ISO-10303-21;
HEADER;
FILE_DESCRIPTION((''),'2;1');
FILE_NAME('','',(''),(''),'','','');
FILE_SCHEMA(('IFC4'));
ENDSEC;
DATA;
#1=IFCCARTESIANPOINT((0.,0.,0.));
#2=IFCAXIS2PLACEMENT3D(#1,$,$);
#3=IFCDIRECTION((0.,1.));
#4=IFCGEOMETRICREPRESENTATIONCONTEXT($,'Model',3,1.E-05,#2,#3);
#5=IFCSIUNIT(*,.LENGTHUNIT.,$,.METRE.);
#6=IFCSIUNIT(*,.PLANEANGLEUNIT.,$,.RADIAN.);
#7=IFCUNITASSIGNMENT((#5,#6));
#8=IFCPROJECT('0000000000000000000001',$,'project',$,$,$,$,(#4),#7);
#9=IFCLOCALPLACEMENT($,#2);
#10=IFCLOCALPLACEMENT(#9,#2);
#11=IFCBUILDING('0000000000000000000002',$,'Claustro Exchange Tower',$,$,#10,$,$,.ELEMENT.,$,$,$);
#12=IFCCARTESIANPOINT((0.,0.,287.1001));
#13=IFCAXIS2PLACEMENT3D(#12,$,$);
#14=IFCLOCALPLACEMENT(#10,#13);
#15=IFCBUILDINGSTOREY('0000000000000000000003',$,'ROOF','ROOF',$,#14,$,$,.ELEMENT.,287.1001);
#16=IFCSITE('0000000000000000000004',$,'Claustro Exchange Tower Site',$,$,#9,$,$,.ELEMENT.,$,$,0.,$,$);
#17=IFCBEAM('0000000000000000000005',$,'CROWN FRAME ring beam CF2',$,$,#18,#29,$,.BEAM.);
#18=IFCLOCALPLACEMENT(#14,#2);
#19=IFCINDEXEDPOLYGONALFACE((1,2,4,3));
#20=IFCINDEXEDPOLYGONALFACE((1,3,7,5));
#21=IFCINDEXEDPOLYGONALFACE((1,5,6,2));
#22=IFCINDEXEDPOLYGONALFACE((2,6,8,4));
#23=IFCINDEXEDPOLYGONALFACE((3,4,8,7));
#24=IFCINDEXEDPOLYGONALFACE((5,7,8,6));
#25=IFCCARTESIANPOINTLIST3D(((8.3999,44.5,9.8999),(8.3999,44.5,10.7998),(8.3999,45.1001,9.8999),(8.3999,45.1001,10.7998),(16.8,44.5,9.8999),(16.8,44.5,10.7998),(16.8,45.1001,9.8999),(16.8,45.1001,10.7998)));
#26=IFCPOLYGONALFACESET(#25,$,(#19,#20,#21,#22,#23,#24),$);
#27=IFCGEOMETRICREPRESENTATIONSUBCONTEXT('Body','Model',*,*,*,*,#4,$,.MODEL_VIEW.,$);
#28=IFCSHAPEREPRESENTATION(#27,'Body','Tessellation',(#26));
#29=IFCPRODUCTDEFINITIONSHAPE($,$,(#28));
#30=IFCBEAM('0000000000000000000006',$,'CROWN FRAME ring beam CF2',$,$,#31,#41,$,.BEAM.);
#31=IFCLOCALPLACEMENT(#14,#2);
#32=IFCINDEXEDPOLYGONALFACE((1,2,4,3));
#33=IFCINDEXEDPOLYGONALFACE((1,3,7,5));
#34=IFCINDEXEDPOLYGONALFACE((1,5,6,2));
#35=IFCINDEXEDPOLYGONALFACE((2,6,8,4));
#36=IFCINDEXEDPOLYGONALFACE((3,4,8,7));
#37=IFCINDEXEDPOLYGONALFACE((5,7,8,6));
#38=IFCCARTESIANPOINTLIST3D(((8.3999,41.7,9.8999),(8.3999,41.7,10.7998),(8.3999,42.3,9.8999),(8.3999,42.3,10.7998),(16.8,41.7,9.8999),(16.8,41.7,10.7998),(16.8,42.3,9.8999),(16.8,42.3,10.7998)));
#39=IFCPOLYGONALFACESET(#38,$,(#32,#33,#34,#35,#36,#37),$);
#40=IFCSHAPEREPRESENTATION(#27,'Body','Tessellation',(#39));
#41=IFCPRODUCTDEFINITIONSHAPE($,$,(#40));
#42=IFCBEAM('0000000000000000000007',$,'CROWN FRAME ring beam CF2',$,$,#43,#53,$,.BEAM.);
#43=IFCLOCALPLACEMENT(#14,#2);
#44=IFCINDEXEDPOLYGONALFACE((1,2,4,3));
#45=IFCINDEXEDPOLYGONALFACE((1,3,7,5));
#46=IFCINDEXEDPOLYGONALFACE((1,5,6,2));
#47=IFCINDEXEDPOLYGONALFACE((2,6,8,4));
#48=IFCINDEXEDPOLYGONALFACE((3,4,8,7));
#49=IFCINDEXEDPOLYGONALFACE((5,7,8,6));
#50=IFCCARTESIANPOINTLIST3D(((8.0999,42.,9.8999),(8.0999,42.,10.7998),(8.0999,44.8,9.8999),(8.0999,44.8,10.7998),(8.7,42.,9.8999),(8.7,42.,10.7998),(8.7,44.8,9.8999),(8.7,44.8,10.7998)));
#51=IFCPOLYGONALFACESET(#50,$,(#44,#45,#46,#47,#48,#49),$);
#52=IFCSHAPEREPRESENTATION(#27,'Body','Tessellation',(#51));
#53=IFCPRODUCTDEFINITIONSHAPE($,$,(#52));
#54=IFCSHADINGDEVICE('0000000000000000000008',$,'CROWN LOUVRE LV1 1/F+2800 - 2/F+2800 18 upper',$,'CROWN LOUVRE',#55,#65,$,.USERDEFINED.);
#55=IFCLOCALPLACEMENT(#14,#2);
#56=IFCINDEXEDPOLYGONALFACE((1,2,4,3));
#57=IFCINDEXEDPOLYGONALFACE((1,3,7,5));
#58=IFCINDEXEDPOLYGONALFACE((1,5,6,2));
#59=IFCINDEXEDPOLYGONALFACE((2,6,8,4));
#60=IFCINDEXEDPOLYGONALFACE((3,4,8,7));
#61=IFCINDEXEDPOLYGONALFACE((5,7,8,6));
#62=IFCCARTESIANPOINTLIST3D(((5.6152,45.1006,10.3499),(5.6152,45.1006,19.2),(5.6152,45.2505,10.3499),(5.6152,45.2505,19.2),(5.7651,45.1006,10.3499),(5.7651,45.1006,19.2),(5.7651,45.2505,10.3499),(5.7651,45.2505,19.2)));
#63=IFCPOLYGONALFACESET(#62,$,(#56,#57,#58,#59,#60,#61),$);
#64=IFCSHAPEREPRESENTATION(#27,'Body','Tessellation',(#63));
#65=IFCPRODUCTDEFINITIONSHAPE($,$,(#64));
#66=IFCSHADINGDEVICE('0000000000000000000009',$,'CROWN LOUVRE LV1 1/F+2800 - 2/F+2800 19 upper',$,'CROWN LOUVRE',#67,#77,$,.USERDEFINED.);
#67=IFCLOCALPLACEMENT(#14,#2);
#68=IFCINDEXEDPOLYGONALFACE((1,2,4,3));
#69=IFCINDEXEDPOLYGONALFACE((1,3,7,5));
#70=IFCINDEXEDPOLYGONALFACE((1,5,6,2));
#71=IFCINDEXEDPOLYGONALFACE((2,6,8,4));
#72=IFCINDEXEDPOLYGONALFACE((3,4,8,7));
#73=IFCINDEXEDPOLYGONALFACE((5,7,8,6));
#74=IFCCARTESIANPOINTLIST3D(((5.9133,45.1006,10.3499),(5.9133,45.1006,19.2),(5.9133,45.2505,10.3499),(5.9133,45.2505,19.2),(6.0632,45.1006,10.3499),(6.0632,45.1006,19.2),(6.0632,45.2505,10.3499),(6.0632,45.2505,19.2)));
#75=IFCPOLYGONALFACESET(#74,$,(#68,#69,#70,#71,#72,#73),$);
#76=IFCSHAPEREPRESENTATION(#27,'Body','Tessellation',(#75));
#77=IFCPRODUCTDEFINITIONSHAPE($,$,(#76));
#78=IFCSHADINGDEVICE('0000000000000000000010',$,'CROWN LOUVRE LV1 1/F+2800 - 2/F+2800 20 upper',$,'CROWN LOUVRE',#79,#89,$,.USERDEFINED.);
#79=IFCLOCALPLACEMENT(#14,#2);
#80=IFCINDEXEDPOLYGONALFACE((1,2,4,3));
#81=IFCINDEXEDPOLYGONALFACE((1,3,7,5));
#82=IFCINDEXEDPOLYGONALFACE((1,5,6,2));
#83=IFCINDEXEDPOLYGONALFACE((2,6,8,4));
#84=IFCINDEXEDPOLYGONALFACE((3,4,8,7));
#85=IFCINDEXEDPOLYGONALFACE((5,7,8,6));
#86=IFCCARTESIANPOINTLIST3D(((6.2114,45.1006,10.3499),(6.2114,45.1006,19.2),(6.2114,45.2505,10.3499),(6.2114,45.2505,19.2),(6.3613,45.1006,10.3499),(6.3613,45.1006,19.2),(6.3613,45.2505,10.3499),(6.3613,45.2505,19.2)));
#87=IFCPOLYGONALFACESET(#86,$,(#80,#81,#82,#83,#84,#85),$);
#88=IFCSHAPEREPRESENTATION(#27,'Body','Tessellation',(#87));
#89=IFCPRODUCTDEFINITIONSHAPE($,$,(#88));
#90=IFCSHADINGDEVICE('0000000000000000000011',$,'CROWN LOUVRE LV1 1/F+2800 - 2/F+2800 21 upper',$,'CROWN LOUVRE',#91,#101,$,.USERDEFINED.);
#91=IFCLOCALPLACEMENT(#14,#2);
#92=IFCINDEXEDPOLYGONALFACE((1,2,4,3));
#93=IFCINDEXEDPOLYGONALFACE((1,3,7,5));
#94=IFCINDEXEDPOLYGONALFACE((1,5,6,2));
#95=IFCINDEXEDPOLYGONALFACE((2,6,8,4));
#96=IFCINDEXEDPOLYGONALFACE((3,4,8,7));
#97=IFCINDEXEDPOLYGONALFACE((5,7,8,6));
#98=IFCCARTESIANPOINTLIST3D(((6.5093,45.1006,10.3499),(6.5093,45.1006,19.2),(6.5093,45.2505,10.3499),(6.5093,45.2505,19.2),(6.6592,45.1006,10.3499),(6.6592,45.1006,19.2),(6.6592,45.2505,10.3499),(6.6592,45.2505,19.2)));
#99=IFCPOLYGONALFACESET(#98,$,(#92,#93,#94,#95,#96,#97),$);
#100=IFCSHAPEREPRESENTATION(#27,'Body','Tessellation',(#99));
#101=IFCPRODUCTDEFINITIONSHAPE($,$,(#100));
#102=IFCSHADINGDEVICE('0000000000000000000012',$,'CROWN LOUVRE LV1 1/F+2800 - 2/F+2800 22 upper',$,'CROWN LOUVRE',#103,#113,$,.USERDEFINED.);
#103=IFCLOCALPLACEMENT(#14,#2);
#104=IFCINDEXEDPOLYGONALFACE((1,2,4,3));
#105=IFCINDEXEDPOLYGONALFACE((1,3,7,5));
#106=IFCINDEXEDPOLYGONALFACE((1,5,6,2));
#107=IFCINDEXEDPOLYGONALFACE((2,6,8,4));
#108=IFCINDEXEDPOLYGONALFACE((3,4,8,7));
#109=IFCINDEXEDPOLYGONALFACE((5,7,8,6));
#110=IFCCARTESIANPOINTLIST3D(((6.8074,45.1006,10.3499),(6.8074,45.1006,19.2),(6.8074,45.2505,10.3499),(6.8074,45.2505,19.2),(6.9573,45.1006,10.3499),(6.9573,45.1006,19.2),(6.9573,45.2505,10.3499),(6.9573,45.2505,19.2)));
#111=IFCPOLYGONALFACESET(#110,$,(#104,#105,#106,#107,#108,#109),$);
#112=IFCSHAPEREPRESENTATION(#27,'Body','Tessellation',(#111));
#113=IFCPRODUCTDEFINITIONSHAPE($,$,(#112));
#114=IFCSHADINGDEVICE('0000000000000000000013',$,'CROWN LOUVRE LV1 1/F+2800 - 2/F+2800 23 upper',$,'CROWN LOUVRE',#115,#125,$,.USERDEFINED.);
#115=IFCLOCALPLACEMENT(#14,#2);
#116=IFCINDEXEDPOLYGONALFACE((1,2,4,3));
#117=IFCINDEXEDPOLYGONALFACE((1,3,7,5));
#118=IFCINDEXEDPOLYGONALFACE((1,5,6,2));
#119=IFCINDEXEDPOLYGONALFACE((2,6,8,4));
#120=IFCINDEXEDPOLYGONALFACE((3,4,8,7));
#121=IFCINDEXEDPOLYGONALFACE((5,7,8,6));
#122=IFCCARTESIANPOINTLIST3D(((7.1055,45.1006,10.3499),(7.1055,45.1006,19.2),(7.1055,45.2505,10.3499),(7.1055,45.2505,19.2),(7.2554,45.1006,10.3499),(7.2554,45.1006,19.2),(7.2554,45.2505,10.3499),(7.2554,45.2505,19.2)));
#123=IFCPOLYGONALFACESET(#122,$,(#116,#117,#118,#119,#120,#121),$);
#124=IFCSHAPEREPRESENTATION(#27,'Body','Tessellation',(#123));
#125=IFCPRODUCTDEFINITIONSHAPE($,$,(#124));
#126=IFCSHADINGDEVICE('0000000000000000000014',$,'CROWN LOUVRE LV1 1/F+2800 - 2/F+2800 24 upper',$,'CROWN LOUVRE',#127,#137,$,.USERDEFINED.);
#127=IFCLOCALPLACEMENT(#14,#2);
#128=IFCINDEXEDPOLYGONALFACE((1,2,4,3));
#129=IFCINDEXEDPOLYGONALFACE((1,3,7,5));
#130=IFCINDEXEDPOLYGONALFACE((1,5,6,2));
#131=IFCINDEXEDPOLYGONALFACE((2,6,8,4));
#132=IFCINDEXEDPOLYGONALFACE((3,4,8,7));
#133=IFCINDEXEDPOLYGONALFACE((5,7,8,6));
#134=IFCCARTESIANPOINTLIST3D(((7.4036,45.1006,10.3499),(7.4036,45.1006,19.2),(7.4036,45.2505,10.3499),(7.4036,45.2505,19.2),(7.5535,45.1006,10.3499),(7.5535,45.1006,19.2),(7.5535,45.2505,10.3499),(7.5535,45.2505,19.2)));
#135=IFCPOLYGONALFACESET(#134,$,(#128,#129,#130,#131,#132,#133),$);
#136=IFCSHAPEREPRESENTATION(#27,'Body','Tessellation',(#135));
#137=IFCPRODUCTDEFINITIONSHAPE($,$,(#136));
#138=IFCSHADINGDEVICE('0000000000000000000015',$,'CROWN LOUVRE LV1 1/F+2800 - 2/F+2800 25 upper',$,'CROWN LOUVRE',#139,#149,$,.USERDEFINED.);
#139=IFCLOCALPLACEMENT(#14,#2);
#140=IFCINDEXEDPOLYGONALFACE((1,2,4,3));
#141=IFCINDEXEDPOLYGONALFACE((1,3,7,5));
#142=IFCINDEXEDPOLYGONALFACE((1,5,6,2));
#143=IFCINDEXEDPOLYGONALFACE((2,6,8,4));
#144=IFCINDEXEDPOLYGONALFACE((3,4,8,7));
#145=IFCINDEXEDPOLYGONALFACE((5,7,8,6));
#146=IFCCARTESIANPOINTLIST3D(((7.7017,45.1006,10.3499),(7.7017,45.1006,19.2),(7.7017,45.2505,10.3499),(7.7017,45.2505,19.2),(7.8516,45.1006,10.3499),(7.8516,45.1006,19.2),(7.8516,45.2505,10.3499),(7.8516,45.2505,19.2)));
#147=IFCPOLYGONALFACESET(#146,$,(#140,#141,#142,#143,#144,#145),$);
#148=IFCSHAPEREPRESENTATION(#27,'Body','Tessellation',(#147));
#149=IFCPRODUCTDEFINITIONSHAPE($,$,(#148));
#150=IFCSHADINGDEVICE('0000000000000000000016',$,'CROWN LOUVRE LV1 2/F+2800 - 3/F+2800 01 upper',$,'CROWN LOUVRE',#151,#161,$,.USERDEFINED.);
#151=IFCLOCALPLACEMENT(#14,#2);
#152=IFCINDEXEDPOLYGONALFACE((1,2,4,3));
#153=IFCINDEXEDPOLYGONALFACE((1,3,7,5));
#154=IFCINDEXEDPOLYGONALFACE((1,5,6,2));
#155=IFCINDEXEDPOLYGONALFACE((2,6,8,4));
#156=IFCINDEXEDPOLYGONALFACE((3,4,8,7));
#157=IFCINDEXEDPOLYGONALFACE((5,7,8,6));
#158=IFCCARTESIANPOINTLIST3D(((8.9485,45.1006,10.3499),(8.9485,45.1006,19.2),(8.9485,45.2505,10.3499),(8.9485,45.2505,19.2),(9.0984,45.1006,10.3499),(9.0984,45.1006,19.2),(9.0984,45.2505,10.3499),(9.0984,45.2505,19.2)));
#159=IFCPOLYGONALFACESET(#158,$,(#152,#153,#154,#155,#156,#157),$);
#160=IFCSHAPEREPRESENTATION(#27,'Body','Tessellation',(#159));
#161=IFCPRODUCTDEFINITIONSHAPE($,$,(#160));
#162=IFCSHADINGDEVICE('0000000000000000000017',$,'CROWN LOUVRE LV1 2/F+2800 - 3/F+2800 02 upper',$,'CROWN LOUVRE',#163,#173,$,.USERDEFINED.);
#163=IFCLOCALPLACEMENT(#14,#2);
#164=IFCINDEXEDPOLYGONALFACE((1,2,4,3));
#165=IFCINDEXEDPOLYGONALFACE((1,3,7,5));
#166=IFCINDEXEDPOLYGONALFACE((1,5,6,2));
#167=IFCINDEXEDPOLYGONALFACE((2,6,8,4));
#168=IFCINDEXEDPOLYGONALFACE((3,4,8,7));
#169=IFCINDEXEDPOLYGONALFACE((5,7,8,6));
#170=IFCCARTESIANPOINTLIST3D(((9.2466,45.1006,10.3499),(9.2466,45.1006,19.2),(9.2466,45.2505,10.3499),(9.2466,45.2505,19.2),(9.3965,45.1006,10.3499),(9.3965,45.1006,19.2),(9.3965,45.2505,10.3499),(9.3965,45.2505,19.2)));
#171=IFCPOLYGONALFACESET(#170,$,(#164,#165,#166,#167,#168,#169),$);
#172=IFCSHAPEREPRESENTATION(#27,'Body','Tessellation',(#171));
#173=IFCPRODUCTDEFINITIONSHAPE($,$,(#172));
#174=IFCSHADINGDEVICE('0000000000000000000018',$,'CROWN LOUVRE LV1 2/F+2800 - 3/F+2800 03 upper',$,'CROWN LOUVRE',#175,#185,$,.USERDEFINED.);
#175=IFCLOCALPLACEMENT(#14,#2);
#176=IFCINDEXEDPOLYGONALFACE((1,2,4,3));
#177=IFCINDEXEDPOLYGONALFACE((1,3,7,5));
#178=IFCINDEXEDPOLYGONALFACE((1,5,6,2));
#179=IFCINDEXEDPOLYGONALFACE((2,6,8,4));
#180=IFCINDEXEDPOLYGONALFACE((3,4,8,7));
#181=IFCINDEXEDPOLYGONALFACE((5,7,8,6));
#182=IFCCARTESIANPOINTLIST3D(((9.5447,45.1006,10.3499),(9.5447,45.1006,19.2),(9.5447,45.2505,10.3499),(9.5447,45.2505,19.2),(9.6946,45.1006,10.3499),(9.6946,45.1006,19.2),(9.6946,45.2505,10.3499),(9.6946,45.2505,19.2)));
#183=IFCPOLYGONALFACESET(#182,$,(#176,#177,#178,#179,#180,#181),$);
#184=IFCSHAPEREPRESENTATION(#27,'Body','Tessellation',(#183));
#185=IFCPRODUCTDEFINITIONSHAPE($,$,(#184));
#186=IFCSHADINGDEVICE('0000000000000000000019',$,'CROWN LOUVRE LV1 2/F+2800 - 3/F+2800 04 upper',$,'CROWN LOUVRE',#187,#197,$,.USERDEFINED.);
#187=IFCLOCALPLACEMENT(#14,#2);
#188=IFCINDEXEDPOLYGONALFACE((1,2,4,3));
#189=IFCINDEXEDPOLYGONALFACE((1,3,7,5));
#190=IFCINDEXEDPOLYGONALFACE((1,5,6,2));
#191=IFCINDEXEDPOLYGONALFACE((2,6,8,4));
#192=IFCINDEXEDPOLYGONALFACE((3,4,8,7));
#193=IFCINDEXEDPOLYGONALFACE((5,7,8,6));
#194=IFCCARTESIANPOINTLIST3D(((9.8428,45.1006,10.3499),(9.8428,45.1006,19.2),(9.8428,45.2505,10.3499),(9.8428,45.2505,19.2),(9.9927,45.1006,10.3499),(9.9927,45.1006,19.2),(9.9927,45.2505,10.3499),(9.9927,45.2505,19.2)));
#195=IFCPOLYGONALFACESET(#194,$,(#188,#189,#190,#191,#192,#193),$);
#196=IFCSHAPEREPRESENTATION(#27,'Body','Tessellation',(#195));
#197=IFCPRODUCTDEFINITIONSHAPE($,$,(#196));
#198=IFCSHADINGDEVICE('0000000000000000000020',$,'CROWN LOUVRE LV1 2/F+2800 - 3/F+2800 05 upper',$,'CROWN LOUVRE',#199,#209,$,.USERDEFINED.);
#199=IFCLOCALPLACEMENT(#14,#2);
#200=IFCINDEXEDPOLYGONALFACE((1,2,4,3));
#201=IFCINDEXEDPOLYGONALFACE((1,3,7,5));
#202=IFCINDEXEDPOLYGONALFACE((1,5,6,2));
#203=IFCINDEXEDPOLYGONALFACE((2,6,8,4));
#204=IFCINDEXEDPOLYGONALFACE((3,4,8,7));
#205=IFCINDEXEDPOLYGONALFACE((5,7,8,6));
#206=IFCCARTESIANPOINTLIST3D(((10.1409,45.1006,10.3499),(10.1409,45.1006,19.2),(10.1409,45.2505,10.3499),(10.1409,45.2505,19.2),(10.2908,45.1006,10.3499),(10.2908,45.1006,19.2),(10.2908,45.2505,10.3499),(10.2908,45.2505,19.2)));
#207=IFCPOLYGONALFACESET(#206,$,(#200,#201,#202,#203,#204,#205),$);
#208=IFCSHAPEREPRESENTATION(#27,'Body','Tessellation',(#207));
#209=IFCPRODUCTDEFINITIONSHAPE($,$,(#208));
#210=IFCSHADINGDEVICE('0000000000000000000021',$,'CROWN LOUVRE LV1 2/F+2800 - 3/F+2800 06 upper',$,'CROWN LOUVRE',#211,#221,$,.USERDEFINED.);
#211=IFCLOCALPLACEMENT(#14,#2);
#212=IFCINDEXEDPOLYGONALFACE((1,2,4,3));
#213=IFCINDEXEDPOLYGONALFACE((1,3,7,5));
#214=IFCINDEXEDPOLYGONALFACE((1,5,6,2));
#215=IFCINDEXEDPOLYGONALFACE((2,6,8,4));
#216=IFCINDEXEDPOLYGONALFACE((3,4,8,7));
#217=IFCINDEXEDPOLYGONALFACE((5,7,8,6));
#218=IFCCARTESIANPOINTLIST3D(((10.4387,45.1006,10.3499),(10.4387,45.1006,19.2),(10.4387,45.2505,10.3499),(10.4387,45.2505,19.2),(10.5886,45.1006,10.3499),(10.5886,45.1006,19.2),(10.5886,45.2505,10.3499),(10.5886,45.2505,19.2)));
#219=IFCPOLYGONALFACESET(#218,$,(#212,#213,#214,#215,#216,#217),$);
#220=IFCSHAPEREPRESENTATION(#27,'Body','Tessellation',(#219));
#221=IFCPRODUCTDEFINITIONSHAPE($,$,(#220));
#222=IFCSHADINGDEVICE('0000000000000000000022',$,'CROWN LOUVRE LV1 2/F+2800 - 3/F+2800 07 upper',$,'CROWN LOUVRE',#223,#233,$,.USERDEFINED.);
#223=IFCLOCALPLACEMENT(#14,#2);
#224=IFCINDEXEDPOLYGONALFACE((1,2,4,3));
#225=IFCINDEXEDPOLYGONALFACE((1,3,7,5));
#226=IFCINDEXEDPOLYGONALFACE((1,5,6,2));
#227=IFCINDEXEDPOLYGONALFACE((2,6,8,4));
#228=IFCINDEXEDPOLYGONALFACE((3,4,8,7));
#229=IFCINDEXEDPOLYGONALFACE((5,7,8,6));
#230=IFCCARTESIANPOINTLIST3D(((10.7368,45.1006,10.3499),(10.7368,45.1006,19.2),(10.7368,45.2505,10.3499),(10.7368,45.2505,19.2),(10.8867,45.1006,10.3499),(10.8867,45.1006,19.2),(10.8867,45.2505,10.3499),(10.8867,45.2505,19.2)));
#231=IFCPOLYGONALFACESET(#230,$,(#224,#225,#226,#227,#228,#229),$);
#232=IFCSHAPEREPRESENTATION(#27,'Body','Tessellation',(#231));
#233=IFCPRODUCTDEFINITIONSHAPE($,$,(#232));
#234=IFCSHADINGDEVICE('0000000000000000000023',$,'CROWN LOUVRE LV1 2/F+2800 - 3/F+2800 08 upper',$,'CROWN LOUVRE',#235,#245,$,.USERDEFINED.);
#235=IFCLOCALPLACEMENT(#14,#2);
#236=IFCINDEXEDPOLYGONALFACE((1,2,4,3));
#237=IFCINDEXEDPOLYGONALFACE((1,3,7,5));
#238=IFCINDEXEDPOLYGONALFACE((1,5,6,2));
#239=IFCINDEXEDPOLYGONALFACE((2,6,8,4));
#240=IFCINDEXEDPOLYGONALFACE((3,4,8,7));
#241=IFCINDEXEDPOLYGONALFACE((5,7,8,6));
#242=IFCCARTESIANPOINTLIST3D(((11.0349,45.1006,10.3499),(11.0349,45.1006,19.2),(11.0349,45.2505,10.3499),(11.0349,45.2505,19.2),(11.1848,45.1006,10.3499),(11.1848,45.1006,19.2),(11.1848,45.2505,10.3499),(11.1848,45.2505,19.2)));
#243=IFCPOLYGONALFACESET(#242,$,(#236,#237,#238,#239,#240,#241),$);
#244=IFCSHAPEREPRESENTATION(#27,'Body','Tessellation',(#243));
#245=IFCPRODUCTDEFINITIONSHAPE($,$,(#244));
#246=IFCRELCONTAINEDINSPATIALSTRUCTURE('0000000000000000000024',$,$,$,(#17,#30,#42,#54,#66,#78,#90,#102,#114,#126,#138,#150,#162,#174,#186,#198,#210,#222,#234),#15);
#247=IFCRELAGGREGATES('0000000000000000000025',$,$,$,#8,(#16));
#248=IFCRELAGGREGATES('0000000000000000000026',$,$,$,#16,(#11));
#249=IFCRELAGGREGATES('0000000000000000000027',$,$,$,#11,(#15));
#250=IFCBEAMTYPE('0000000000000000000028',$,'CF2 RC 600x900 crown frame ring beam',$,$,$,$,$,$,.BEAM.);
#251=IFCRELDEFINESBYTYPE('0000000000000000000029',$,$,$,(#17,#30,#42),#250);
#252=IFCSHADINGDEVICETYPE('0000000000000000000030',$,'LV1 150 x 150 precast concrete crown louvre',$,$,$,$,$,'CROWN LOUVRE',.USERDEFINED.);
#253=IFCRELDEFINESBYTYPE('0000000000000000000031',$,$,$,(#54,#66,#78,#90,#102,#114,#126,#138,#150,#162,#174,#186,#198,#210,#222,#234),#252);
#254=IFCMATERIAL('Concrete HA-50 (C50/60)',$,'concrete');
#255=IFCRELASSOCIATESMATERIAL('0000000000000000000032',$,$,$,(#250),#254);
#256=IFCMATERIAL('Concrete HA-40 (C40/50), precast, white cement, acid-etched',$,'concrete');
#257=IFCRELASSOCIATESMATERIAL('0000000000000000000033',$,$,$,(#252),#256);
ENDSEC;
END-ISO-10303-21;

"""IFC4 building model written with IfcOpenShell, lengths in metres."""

from ifc_helpers import new_model, si_unit, direction, frame, origin, origin_2d, place, context, subcontext, project, spatial, rectangle, extrude, material, material_profile, profile_set, type_object, element, save


model = new_model("IFC4")

# Units and contexts
model_context = context("Model", 3, precision=1e-05, world=origin(), true_north=direction((0.0, 1.0)))
body_context = subcontext(model_context, "Body", "Model", "MODEL_VIEW")
ifc_project = project(units=[si_unit("LENGTHUNIT", "METRE"), si_unit("PLANEANGLEUNIT", "RADIAN")], contexts=[model_context])

# Site, building, storey
site_placement = place(None, origin())
site = spatial("IfcSite", under=ifc_project, at=site_placement, Name="Claustro Exchange Tower Site", CompositionType="ELEMENT", RefElevation=0.0)
building_placement = place(site_placement, origin())
building = spatial("IfcBuilding", under=site, at=building_placement, Name="Claustro Exchange Tower", CompositionType="ELEMENT")
storey_placement = place(building_placement, frame((0.0, 0.0, 287.1001)))
storey = spatial("IfcBuildingStorey", under=building, at=storey_placement, Name="ROOF", Description="ROOF", CompositionType="ELEMENT", Elevation=287.1001)

# Beams
ifc_material_1 = material(Name="Concrete HA-50 (C50/60)", Category="concrete")
ifc_material_profile = material_profile(ifc_material_1, rectangle(XDim=0.6001, YDim=0.8999, at=origin_2d()), Name="RC 600x900")
ifc_profile_set = profile_set([ifc_material_profile], Name="Concrete HA-50 (C50/60)")
beam_type = type_object("IfcBeamType", Name="CF2 RC 600x900 crown frame ring beam", PredefinedType="BEAM", material=ifc_profile_set)
for number, where, z_axis, x_axis, name in (
    (1, (8.3999, 44.8, 10.3499), (1.0, 0.0, 0.0), (0.0, 1.0, 0.0), "CROWN FRAME ring beam CF2"),
    (2, (8.3999, 42.0, 10.3499), (1.0, 0.0, 0.0), (0.0, 1.0, 0.0), "CROWN FRAME ring beam CF2"),
):
    element("IfcBeam", number, at=place(storey_placement, frame(where, z_axis=z_axis, x_axis=x_axis)), inside=storey, type_object=beam_type, Name=name, PredefinedType="BEAM", context=body_context, shape_type="SweptSolid", body=[
        extrude(rectangle(XDim=0.6001, YDim=0.8999, at=origin_2d()), origin(), (0.0, 0.0, 1.0), 8.4001),
    ])
beam_placement = place(storey_placement, frame((8.3999, 42.0, 10.3499), z_axis=(0.0, 1.0, 0.0), x_axis=(-1.0, 0.0, 0.0)))
element("IfcBeam", 3, at=beam_placement, inside=storey, type_object=beam_type, Name="CROWN FRAME ring beam CF2", PredefinedType="BEAM", context=body_context, shape_type="SweptSolid", body=[
    extrude(rectangle(XDim=0.6001, YDim=0.8999, at=origin_2d()), origin(), (0.0, 0.0, 1.0), 2.8),
])

# Shading devices
ifc_material_2 = material(Name="Concrete HA-40 (C40/50), precast, white cement, acid-etched", Category="concrete")
shading_device_type = type_object("IfcShadingDeviceType", Name="LV1 150 x 150 precast concrete crown louvre", ElementType="CROWN LOUVRE", PredefinedType="USERDEFINED", material=ifc_material_2)
for number, where, z_axis, x_axis, name in (
    (4, (5.6902, 45.1755, 10.3499), (0.0, 0.0, 1.0), (1.0, 0.0, 0.0), "CROWN LOUVRE LV1 1/F+2800 - 2/F+2800 18 upper"),
    (5, (5.9883, 45.1755, 10.3499), (0.0, 0.0, 1.0), (1.0, 0.0, 0.0), "CROWN LOUVRE LV1 1/F+2800 - 2/F+2800 19 upper"),
    (6, (6.2864, 45.1755, 10.3499), (0.0, 0.0, 1.0), (1.0, 0.0, 0.0), "CROWN LOUVRE LV1 1/F+2800 - 2/F+2800 20 upper"),
    (7, (6.5842, 45.1755, 10.3499), (0.0, 0.0, 1.0), (1.0, 0.0, 0.0), "CROWN LOUVRE LV1 1/F+2800 - 2/F+2800 21 upper"),
    (8, (6.8823, 45.1755, 10.3499), (0.0, 0.0, 1.0), (1.0, 0.0, 0.0), "CROWN LOUVRE LV1 1/F+2800 - 2/F+2800 22 upper"),
    (9, (7.1804, 45.1755, 10.3499), (0.0, 0.0, 1.0), (1.0, 0.0, 0.0), "CROWN LOUVRE LV1 1/F+2800 - 2/F+2800 23 upper"),
    (10, (7.4785, 45.1755, 10.3499), (0.0, 0.0, 1.0), (1.0, 0.0, 0.0), "CROWN LOUVRE LV1 1/F+2800 - 2/F+2800 24 upper"),
    (11, (7.7766, 45.1755, 10.3499), (0.0, 0.0, 1.0), (1.0, 0.0, 0.0), "CROWN LOUVRE LV1 1/F+2800 - 2/F+2800 25 upper"),
    (12, (9.0234, 45.1755, 10.3499), (0.0, 0.0, 1.0), (1.0, 0.0, 0.0), "CROWN LOUVRE LV1 2/F+2800 - 3/F+2800 01 upper"),
    (13, (9.3215, 45.1755, 10.3499), (0.0, 0.0, 1.0), (1.0, 0.0, 0.0), "CROWN LOUVRE LV1 2/F+2800 - 3/F+2800 02 upper"),
    (14, (9.6196, 45.1755, 10.3499), (0.0, 0.0, 1.0), (1.0, 0.0, 0.0), "CROWN LOUVRE LV1 2/F+2800 - 3/F+2800 03 upper"),
    (15, (9.9177, 45.1755, 10.3499), (0.0, 0.0, 1.0), (1.0, 0.0, 0.0), "CROWN LOUVRE LV1 2/F+2800 - 3/F+2800 04 upper"),
    (16, (10.2158, 45.1755, 10.3499), (0.0, 0.0, 1.0), (1.0, 0.0, 0.0), "CROWN LOUVRE LV1 2/F+2800 - 3/F+2800 05 upper"),
    (17, (10.5137, 45.1755, 10.3499), (0.0, 0.0, 1.0), (1.0, 0.0, 0.0), "CROWN LOUVRE LV1 2/F+2800 - 3/F+2800 06 upper"),
    (18, (10.8118, 45.1755, 10.3499), (0.0, 0.0, 1.0), (1.0, 0.0, 0.0), "CROWN LOUVRE LV1 2/F+2800 - 3/F+2800 07 upper"),
    (19, (11.1099, 45.1755, 10.3499), (0.0, 0.0, 1.0), (1.0, 0.0, 0.0), "CROWN LOUVRE LV1 2/F+2800 - 3/F+2800 08 upper"),
):
    element("IfcShadingDevice", number, at=place(storey_placement, frame(where, z_axis=z_axis, x_axis=x_axis)), inside=storey, type_object=shading_device_type, Name=name, ObjectType="CROWN LOUVRE", PredefinedType="USERDEFINED", context=body_context, shape_type="SweptSolid", body=[
        extrude(rectangle(XDim=0.1499, YDim=0.1499, at=origin_2d()), origin(), (0.0, 0.0, 1.0), 8.8501),
    ])

save(model, "model.ifc")
